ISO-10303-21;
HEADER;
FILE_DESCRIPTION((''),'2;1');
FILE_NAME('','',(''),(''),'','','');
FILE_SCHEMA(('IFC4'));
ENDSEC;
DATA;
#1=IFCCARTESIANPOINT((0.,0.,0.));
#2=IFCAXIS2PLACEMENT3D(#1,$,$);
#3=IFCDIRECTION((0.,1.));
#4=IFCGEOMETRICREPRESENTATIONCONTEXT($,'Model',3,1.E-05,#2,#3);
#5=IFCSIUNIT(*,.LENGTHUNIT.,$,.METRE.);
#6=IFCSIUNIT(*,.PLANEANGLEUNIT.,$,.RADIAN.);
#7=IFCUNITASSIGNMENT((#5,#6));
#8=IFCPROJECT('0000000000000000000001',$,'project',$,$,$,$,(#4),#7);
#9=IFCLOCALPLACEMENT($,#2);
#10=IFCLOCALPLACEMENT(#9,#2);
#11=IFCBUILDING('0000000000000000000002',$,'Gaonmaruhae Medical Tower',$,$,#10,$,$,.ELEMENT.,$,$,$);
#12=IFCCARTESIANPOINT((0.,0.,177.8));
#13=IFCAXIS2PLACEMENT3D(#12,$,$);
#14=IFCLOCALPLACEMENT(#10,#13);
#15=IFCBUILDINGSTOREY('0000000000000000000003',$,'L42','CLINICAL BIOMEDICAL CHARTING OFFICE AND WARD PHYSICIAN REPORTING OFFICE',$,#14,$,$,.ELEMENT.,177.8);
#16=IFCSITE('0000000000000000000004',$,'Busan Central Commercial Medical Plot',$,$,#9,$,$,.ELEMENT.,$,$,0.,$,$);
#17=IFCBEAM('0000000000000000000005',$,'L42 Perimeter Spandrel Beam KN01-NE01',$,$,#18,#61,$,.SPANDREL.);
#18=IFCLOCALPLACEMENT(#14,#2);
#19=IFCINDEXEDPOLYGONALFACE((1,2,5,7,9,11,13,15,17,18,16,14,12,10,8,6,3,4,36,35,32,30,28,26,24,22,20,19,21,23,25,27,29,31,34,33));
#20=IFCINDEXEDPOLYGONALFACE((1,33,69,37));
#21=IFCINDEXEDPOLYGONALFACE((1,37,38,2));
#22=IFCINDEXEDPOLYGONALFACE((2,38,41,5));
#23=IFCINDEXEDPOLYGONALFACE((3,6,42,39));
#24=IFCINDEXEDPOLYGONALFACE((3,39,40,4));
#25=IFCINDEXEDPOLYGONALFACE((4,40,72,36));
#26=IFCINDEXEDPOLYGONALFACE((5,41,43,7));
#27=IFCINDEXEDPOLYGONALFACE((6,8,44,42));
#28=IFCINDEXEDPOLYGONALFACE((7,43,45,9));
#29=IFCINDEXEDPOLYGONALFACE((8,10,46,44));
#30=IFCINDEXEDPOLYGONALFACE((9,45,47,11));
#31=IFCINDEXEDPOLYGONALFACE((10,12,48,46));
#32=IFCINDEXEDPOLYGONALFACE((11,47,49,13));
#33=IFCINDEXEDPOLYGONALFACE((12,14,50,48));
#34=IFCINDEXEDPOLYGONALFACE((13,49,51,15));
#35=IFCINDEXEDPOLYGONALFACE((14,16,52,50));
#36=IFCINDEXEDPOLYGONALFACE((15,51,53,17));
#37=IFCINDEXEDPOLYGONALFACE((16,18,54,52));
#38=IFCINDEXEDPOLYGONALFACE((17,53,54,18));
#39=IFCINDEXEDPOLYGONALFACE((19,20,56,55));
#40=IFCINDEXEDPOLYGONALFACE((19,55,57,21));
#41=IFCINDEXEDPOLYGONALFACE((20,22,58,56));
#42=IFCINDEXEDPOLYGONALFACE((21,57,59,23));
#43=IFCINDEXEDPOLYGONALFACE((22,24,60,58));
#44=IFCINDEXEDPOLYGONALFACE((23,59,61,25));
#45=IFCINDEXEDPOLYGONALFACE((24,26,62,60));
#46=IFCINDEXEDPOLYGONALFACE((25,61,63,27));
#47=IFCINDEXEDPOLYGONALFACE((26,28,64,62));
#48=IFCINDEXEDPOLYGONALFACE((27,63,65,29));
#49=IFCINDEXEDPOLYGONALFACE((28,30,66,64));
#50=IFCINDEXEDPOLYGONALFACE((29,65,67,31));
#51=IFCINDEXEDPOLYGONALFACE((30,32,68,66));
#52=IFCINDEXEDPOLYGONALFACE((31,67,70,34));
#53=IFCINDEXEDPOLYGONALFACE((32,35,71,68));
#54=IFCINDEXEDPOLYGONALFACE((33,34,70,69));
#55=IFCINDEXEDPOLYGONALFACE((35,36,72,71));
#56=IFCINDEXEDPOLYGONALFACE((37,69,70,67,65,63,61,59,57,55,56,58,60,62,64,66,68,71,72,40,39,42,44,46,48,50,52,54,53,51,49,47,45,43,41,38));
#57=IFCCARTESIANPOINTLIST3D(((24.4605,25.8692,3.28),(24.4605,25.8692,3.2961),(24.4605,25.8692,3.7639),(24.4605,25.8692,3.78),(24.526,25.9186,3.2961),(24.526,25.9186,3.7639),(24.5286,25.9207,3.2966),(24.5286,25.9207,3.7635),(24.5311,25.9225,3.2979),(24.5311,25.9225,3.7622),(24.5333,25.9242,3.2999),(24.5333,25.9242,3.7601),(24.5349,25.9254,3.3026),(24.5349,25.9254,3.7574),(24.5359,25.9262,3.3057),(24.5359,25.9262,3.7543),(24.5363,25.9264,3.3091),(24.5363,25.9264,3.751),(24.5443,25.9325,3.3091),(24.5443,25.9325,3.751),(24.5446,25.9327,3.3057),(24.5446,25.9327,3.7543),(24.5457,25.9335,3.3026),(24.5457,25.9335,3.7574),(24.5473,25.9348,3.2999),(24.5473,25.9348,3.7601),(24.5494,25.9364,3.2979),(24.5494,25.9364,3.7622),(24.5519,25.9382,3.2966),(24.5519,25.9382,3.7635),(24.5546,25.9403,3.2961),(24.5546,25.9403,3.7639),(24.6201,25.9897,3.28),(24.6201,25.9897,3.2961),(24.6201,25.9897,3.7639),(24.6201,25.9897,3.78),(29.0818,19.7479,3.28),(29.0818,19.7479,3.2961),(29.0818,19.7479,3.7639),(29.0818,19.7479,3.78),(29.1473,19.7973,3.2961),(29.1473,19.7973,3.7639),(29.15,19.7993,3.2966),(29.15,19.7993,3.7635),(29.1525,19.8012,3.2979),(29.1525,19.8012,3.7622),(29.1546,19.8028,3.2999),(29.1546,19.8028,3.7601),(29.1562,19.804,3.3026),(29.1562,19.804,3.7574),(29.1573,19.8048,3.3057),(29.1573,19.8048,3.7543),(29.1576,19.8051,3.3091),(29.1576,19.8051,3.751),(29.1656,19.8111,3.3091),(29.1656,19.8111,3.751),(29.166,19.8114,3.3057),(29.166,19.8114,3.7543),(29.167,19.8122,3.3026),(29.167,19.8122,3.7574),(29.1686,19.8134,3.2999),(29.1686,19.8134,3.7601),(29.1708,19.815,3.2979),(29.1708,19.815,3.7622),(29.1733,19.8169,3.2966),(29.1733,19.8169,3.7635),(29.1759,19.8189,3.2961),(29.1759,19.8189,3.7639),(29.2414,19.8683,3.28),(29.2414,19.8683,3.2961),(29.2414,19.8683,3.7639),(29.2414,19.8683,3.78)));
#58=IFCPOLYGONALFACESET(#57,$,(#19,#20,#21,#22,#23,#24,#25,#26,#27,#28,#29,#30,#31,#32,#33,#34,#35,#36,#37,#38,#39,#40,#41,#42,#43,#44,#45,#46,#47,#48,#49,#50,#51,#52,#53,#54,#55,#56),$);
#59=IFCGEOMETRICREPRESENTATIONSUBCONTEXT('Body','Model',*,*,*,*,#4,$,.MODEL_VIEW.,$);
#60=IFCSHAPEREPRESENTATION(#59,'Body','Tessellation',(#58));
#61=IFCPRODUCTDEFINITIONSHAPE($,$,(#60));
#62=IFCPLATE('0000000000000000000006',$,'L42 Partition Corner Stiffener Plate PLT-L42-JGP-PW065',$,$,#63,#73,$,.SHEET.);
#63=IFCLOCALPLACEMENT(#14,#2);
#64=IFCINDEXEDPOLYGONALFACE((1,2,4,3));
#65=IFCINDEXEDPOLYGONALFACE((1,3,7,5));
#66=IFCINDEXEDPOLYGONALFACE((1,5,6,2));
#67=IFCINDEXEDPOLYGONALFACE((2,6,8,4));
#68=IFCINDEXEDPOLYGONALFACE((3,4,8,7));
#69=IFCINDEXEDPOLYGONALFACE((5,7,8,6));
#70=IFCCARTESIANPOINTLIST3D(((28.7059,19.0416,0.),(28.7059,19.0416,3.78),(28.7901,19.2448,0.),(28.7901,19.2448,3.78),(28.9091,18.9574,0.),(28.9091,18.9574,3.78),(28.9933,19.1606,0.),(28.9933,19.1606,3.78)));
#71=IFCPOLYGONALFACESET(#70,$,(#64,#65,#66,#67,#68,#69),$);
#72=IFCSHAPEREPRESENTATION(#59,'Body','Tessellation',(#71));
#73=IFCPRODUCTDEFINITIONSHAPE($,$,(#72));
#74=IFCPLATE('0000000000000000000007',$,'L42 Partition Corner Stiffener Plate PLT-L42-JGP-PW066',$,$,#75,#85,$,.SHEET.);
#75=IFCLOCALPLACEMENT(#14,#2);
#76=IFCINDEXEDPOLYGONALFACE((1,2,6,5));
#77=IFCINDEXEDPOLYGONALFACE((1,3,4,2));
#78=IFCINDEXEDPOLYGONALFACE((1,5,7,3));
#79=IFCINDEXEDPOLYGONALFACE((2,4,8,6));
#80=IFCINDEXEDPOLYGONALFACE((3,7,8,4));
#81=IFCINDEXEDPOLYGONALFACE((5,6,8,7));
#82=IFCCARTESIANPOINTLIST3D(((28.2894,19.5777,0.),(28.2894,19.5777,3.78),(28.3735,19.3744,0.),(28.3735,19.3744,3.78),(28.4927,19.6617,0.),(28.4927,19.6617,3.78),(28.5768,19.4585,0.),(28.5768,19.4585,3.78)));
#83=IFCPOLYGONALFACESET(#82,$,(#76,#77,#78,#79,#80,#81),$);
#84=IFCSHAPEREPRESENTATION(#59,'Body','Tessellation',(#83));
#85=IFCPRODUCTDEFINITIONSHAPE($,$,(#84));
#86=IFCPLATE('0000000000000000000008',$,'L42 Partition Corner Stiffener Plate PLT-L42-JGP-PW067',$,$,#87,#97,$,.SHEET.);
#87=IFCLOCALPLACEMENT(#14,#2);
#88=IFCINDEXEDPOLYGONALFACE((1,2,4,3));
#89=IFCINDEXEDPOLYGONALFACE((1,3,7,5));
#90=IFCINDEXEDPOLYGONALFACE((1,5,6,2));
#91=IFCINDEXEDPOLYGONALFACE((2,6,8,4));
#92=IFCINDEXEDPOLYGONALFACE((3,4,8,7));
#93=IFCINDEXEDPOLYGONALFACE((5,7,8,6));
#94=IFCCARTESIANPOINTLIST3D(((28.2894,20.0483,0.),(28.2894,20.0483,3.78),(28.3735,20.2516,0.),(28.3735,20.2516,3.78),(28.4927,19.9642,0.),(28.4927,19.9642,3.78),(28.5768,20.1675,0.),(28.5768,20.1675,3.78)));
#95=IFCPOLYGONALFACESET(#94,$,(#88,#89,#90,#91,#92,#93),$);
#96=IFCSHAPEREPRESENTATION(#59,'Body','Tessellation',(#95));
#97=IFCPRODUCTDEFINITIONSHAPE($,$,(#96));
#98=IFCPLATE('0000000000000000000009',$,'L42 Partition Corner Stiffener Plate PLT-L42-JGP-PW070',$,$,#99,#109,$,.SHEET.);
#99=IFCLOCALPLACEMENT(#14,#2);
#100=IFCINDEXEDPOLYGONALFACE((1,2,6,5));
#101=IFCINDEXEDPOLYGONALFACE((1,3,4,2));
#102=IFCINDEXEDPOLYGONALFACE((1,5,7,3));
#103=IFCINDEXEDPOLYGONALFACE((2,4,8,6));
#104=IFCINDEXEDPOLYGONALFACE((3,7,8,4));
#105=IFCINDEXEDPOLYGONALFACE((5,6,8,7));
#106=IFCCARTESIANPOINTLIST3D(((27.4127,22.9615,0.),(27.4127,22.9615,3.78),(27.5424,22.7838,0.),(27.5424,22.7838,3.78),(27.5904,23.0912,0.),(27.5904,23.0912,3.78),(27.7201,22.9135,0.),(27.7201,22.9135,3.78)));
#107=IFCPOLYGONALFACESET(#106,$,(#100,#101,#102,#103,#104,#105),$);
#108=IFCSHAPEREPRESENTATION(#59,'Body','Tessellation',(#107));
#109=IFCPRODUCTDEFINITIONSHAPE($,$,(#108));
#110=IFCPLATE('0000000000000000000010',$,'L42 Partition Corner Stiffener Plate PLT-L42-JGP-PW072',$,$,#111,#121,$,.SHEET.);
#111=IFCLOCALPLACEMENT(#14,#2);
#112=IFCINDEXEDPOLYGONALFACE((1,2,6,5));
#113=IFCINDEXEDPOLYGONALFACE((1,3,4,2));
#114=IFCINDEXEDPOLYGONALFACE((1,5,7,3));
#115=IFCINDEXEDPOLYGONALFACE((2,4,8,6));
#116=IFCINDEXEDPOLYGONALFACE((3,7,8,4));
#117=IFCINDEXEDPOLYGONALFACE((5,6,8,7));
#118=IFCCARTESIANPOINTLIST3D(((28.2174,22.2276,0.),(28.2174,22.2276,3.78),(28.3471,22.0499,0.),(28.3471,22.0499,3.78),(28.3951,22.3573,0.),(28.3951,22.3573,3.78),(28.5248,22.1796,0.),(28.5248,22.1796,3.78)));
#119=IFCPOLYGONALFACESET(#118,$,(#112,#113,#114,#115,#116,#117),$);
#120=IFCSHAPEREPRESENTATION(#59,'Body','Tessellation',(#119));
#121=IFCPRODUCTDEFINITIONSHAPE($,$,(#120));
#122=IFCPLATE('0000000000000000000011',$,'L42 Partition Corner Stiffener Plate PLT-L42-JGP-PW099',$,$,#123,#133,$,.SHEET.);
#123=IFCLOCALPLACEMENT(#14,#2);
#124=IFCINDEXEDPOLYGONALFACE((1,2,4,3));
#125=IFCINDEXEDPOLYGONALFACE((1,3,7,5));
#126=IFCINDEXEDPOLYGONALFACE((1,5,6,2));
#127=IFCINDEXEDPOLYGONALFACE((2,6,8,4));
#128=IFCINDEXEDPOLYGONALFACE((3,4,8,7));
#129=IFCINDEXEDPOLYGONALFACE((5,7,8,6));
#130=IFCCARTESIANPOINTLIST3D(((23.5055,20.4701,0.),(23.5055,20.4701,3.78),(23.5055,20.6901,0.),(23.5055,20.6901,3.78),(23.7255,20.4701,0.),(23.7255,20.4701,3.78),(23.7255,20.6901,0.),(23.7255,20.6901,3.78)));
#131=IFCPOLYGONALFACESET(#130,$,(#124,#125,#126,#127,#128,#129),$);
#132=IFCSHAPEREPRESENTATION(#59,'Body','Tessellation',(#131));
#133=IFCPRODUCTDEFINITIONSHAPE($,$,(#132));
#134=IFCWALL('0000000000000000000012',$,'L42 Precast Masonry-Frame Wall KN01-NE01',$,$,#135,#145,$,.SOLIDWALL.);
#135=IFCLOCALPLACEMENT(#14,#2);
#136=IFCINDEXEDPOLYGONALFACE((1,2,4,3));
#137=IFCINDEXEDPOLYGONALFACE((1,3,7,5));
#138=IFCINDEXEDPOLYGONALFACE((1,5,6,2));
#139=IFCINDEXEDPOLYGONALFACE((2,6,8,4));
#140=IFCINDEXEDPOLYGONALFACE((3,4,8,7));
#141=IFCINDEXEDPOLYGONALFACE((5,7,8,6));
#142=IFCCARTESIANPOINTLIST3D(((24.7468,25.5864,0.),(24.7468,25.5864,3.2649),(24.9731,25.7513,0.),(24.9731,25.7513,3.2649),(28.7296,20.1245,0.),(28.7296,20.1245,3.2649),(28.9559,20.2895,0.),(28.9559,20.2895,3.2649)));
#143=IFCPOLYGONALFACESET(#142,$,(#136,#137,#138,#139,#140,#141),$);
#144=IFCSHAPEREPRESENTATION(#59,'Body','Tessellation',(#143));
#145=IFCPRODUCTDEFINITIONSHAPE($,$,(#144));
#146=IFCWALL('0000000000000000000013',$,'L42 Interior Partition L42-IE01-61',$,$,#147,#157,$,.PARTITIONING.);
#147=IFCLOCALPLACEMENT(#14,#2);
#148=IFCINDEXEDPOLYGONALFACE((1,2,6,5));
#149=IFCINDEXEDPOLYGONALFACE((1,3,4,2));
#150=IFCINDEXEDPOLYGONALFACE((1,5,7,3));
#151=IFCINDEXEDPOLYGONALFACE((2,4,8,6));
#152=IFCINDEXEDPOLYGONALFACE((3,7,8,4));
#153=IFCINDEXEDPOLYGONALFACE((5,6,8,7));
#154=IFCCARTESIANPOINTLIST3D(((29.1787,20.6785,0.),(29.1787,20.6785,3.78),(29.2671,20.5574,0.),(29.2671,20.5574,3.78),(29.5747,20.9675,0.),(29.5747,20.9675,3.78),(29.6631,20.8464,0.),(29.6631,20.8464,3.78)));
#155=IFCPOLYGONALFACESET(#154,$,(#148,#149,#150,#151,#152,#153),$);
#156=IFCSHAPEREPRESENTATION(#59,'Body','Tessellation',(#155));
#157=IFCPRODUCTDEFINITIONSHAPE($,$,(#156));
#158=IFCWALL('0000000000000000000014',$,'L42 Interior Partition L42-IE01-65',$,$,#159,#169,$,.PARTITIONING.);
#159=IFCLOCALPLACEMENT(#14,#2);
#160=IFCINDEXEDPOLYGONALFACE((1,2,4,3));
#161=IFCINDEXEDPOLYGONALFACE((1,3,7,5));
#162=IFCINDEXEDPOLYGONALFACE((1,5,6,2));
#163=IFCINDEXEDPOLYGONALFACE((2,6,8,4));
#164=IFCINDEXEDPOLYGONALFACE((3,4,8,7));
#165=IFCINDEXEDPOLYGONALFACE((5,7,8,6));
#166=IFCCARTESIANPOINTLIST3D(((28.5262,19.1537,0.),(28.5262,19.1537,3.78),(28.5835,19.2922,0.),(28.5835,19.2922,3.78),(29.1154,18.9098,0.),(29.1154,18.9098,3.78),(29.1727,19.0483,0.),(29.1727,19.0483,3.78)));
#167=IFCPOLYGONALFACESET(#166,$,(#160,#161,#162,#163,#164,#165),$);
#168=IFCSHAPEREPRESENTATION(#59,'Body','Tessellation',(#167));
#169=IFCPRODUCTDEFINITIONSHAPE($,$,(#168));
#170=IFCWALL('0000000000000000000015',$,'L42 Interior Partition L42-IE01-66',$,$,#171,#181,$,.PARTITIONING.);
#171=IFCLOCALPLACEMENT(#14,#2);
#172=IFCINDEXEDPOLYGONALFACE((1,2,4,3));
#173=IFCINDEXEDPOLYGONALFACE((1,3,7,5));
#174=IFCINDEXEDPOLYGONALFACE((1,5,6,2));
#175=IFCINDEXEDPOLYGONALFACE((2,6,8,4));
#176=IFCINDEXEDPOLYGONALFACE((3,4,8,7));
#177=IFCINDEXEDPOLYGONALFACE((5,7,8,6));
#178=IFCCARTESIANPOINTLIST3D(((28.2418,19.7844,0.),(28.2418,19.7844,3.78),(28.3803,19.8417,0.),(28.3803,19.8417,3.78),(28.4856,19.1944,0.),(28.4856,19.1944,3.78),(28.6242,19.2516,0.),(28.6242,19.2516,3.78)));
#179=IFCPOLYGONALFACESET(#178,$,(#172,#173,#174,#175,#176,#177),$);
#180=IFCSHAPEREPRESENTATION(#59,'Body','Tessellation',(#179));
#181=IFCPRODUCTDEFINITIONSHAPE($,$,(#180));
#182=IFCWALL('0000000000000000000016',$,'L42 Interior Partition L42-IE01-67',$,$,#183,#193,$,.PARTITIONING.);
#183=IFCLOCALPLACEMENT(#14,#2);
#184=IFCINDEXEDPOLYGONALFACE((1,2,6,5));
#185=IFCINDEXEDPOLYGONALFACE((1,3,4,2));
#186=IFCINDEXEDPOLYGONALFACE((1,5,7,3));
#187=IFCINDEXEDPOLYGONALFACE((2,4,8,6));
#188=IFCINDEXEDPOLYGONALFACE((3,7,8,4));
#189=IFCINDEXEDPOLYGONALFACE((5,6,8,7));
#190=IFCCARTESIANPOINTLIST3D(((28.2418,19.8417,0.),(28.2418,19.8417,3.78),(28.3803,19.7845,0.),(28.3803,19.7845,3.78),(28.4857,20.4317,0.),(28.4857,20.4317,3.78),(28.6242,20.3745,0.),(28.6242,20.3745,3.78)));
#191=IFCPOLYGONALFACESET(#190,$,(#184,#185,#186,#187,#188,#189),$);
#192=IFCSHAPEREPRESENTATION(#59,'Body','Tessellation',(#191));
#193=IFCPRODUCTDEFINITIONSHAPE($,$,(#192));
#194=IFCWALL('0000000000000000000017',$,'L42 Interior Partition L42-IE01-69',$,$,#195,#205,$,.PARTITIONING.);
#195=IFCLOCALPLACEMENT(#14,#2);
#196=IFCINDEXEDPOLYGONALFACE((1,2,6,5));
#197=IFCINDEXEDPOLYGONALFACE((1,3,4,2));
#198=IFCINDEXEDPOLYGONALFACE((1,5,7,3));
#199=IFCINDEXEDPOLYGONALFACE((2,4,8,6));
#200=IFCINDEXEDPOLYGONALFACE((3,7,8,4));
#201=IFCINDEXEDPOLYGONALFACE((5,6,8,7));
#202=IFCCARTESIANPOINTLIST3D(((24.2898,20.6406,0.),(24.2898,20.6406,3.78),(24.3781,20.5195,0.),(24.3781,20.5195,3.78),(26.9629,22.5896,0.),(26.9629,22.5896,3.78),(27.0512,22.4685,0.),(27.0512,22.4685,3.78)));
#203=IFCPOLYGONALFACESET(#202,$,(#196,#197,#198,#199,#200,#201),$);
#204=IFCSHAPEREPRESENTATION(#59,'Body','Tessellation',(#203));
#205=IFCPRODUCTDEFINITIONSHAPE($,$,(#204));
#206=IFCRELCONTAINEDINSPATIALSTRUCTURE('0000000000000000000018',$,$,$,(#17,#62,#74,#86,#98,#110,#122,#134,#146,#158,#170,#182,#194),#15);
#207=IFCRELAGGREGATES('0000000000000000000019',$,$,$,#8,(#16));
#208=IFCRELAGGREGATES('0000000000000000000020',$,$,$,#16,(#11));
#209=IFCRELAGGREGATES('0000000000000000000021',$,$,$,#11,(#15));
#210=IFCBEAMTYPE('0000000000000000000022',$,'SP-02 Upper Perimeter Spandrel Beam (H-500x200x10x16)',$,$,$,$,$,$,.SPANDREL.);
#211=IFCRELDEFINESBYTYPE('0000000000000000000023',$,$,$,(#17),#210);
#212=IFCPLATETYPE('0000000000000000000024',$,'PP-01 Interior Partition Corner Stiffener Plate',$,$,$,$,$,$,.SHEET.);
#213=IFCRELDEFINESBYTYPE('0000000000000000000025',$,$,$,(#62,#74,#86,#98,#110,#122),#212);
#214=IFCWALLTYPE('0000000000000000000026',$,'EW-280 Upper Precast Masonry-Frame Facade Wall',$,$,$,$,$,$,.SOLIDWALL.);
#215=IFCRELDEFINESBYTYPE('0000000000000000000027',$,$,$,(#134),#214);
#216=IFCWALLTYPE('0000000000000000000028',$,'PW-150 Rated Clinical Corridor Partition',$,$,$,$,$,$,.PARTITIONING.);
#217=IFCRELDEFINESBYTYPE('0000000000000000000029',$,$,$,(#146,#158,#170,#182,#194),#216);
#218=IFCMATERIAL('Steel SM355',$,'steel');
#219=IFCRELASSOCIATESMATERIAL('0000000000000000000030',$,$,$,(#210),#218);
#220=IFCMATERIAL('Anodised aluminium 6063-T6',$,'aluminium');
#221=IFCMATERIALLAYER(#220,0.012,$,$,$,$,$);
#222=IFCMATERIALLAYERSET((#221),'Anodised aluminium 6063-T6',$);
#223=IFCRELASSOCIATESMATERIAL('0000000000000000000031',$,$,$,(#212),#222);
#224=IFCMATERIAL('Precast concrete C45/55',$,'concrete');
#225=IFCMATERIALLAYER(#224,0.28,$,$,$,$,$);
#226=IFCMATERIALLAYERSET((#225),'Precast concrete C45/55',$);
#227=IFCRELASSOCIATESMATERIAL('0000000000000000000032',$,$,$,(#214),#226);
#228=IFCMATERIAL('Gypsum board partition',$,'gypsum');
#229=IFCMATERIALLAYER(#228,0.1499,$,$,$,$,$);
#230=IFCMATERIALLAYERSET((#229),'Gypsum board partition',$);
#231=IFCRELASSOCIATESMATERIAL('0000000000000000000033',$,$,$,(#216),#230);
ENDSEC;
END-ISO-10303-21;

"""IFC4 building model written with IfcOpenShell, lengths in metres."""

from ifc_helpers import new_model, si_unit, direction, frame, frame_2d, origin, origin_2d, place, context, subcontext, project, spatial, rectangle, i_section, extrude, material, layer, layer_set, material_profile, profile_set, type_object, element, save


model = new_model("IFC4")

# Units and contexts
model_context = context("Model", 3, precision=1e-05, world=origin(), true_north=direction((0.0, 1.0)))
body_context = subcontext(model_context, "Body", "Model", "MODEL_VIEW")
ifc_project = project(units=[si_unit("LENGTHUNIT", "METRE"), si_unit("PLANEANGLEUNIT", "RADIAN")], contexts=[model_context])

# Site, building, storey
site_placement = place(None, origin())
site = spatial("IfcSite", under=ifc_project, at=site_placement, Name="Busan Central Commercial Medical Plot", CompositionType="ELEMENT", RefElevation=0.0)
building_placement = place(site_placement, origin())
building = spatial("IfcBuilding", under=site, at=building_placement, Name="Gaonmaruhae Medical Tower", CompositionType="ELEMENT")
storey_placement = place(building_placement, frame((0.0, 0.0, 177.8)))
storey = spatial("IfcBuildingStorey", under=building, at=storey_placement, Name="L42", Description="CLINICAL BIOMEDICAL CHARTING OFFICE AND WARD PHYSICIAN REPORTING OFFICE", CompositionType="ELEMENT", Elevation=177.8)

# Beam
ifc_material_1 = material(Name="Steel SM355", Category="steel")
ifc_material_profile_1 = material_profile(ifc_material_1, i_section(OverallWidth=0.2, OverallDepth=0.5, WebThickness=0.01, FlangeThickness=0.0161, FilletRadius=0.0129, at=origin_2d()), Name="H-500x200x10x16")
ifc_profile_set_1 = profile_set([ifc_material_profile_1], Name="Steel SM355")
beam_type_1 = type_object("IfcBeamType", Name="SP-02 Upper Perimeter Spandrel Beam (H-500x200x10x16)", PredefinedType="SPANDREL", material=ifc_profile_set_1)
beam_1_placement = place(storey_placement, frame((29.1616, 19.8081, 3.53), z_axis=(-0.602528, 0.798098, 0.0), x_axis=(-0.798098, -0.602528, 0.0)))
element("IfcBeam", 1, at=beam_1_placement, inside=storey, type_object=beam_type_1, Name="L42 Perimeter Spandrel Beam KN01-NE01", PredefinedType="SPANDREL", context=body_context, shape_type="SweptSolid", body=[
    extrude(i_section(OverallWidth=0.2, OverallDepth=0.5, WebThickness=0.01, FlangeThickness=0.0161, FilletRadius=0.0129, at=origin_2d()), origin(), (0.0, 0.0, 1.0), 7.6699),
])

# Plates
ifc_material_2 = material(Name="Anodised aluminium 6063-T6", Category="aluminium")
ifc_layer_1 = layer(ifc_material_2, 0.012)
ifc_layer_set_1 = layer_set([ifc_layer_1], Name="Anodised aluminium 6063-T6")
plate_type = type_object("IfcPlateType", Name="PP-01 Interior Partition Corner Stiffener Plate", PredefinedType="SHEET", material=ifc_layer_set_1)
for number, where, z_axis, x_axis, name in (
    (2, (28.8496, 19.1011, 0.0), (0.0, 0.0, 1.0), (-0.923866, 0.382716, 0.0), "L42 Partition Corner Stiffener Plate PLT-L42-JGP-PW065"),
    (3, (28.4331, 19.5181, 0.0), (0.0, 0.0, 1.0), (-0.382167, 0.924093, 0.0), "L42 Partition Corner Stiffener Plate PLT-L42-JGP-PW066"),
    (4, (28.4331, 20.1079, 0.0), (0.0, 0.0, 1.0), (0.382167, 0.924093, 0.0), "L42 Partition Corner Stiffener Plate PLT-L42-JGP-PW067"),
    (5, (27.5664, 22.9375, 0.0), (0.0, 0.0, 1.0), (0.807846, 0.589394, 0.0), "L42 Partition Corner Stiffener Plate PLT-L42-JGP-PW070"),
    (6, (28.3711, 22.2036, 0.0), (0.0, 0.0, 1.0), (-0.807764, -0.589507, 0.0), "L42 Partition Corner Stiffener Plate PLT-L42-JGP-PW072"),
    (7, (23.6155, 20.5801, 0.0), (0.0, 0.0, 1.0), (-1.0, 0.0, 0.0), "L42 Partition Corner Stiffener Plate PLT-L42-JGP-PW099"),
):
    element("IfcPlate", number, at=place(storey_placement, frame(where, z_axis=z_axis, x_axis=x_axis)), inside=storey, type_object=plate_type, Name=name, PredefinedType="SHEET", context=body_context, shape_type="SweptSolid", body=[
        extrude(rectangle(XDim=0.22, YDim=0.22, at=origin_2d()), origin(), (0.0, 0.0, 1.0), 3.78),
    ])

# Wall
ifc_material_3 = material(Name="Precast concrete C45/55", Category="concrete")
ifc_layer_2 = layer(ifc_material_3, 0.28)
ifc_layer_set_2 = layer_set([ifc_layer_2], Name="Precast concrete C45/55")
wall_type_1 = type_object("IfcWallType", Name="EW-280 Upper Precast Masonry-Frame Facade Wall", PredefinedType="SOLIDWALL", material=ifc_layer_set_2)
wall_1_placement = place(storey_placement, frame((28.8428, 20.207, 0.0), z_axis=(0.0, 0.0, 1.0), x_axis=(-0.589198, 0.807989, 0.0)))
element("IfcWall", 8, at=wall_1_placement, inside=storey, type_object=wall_type_1, Name="L42 Precast Masonry-Frame Wall KN01-NE01", PredefinedType="SOLIDWALL", context=body_context, shape_type="SweptSolid", body=[
    extrude(rectangle(XDim=6.7598, YDim=0.28, at=frame_2d((3.3799, 0.0))), origin(), (0.0, 0.0, 1.0), 3.2649),
])

# Shared definitions
ifc_material_4 = material(Name="Gypsum board partition", Category="gypsum")
ifc_layer_3 = layer(ifc_material_4, 0.1499)
ifc_layer_set_3 = layer_set([ifc_layer_3], Name="Gypsum board partition")
wall_type_2 = type_object("IfcWallType", Name="PW-150 Rated Clinical Corridor Partition", PredefinedType="PARTITIONING", material=ifc_layer_set_3)

# Walls
wall_2_placement = place(storey_placement, frame((29.2229, 20.6179, 0.0), z_axis=(0.0, 0.0, 1.0), x_axis=(0.807701, 0.589592, 0.0)))
element("IfcWall", 9, at=wall_2_placement, inside=storey, type_object=wall_type_2, Name="L42 Interior Partition L42-IE01-61", PredefinedType="PARTITIONING", context=body_context, shape_type="SweptSolid", body=[
    extrude(rectangle(XDim=0.4902, YDim=0.1499, at=frame_2d((0.2451, 0.0))), origin(), (0.0, 0.0, 1.0), 3.78),
])
wall_3_placement = place(storey_placement, frame((29.144, 18.979, 0.0), z_axis=(0.0, 0.0, 1.0), x_axis=(-0.923947, 0.382521, 0.0)))
element("IfcWall", 10, at=wall_3_placement, inside=storey, type_object=wall_type_2, Name="L42 Interior Partition L42-IE01-65", PredefinedType="PARTITIONING", context=body_context, shape_type="SweptSolid", body=[
    extrude(rectangle(XDim=0.6377, YDim=0.1499, at=frame_2d((0.3188, 0.0))), origin(), (0.0, 0.0, 1.0), 3.78),
])
for number, where, z_axis, x_axis, name in (
    (11, (28.5549, 19.2229, 0.0), (0.0, 0.0, 1.0), (-0.38198, 0.92417, 0.0), "L42 Interior Partition L42-IE01-66"),
    (12, (28.311, 19.813, 0.0), (0.0, 0.0, 1.0), (0.38198, 0.92417, 0.0), "L42 Interior Partition L42-IE01-67"),
):
    element("IfcWall", number, at=place(storey_placement, frame(where, z_axis=z_axis, x_axis=x_axis)), inside=storey, type_object=wall_type_2, Name=name, PredefinedType="PARTITIONING", context=body_context, shape_type="SweptSolid", body=[
        extrude(rectangle(XDim=0.6384, YDim=0.1499, at=frame_2d((0.3193, 0.0))), origin(), (0.0, 0.0, 1.0), 3.78),
    ])

# Wall
wall_4_placement = place(storey_placement, frame((24.334, 20.5801, 0.0), z_axis=(0.0, 0.0, 1.0), x_axis=(0.80803, 0.589141, 0.0)))
element("IfcWall", 13, at=wall_4_placement, inside=storey, type_object=wall_type_2, Name="L42 Interior Partition L42-IE01-69", PredefinedType="PARTITIONING", context=body_context, shape_type="SweptSolid", body=[
    extrude(rectangle(XDim=3.3081, YDim=0.1499, at=frame_2d((1.6541, 0.0))), origin(), (0.0, 0.0, 1.0), 3.78),
])

save(model, "model.ifc")
